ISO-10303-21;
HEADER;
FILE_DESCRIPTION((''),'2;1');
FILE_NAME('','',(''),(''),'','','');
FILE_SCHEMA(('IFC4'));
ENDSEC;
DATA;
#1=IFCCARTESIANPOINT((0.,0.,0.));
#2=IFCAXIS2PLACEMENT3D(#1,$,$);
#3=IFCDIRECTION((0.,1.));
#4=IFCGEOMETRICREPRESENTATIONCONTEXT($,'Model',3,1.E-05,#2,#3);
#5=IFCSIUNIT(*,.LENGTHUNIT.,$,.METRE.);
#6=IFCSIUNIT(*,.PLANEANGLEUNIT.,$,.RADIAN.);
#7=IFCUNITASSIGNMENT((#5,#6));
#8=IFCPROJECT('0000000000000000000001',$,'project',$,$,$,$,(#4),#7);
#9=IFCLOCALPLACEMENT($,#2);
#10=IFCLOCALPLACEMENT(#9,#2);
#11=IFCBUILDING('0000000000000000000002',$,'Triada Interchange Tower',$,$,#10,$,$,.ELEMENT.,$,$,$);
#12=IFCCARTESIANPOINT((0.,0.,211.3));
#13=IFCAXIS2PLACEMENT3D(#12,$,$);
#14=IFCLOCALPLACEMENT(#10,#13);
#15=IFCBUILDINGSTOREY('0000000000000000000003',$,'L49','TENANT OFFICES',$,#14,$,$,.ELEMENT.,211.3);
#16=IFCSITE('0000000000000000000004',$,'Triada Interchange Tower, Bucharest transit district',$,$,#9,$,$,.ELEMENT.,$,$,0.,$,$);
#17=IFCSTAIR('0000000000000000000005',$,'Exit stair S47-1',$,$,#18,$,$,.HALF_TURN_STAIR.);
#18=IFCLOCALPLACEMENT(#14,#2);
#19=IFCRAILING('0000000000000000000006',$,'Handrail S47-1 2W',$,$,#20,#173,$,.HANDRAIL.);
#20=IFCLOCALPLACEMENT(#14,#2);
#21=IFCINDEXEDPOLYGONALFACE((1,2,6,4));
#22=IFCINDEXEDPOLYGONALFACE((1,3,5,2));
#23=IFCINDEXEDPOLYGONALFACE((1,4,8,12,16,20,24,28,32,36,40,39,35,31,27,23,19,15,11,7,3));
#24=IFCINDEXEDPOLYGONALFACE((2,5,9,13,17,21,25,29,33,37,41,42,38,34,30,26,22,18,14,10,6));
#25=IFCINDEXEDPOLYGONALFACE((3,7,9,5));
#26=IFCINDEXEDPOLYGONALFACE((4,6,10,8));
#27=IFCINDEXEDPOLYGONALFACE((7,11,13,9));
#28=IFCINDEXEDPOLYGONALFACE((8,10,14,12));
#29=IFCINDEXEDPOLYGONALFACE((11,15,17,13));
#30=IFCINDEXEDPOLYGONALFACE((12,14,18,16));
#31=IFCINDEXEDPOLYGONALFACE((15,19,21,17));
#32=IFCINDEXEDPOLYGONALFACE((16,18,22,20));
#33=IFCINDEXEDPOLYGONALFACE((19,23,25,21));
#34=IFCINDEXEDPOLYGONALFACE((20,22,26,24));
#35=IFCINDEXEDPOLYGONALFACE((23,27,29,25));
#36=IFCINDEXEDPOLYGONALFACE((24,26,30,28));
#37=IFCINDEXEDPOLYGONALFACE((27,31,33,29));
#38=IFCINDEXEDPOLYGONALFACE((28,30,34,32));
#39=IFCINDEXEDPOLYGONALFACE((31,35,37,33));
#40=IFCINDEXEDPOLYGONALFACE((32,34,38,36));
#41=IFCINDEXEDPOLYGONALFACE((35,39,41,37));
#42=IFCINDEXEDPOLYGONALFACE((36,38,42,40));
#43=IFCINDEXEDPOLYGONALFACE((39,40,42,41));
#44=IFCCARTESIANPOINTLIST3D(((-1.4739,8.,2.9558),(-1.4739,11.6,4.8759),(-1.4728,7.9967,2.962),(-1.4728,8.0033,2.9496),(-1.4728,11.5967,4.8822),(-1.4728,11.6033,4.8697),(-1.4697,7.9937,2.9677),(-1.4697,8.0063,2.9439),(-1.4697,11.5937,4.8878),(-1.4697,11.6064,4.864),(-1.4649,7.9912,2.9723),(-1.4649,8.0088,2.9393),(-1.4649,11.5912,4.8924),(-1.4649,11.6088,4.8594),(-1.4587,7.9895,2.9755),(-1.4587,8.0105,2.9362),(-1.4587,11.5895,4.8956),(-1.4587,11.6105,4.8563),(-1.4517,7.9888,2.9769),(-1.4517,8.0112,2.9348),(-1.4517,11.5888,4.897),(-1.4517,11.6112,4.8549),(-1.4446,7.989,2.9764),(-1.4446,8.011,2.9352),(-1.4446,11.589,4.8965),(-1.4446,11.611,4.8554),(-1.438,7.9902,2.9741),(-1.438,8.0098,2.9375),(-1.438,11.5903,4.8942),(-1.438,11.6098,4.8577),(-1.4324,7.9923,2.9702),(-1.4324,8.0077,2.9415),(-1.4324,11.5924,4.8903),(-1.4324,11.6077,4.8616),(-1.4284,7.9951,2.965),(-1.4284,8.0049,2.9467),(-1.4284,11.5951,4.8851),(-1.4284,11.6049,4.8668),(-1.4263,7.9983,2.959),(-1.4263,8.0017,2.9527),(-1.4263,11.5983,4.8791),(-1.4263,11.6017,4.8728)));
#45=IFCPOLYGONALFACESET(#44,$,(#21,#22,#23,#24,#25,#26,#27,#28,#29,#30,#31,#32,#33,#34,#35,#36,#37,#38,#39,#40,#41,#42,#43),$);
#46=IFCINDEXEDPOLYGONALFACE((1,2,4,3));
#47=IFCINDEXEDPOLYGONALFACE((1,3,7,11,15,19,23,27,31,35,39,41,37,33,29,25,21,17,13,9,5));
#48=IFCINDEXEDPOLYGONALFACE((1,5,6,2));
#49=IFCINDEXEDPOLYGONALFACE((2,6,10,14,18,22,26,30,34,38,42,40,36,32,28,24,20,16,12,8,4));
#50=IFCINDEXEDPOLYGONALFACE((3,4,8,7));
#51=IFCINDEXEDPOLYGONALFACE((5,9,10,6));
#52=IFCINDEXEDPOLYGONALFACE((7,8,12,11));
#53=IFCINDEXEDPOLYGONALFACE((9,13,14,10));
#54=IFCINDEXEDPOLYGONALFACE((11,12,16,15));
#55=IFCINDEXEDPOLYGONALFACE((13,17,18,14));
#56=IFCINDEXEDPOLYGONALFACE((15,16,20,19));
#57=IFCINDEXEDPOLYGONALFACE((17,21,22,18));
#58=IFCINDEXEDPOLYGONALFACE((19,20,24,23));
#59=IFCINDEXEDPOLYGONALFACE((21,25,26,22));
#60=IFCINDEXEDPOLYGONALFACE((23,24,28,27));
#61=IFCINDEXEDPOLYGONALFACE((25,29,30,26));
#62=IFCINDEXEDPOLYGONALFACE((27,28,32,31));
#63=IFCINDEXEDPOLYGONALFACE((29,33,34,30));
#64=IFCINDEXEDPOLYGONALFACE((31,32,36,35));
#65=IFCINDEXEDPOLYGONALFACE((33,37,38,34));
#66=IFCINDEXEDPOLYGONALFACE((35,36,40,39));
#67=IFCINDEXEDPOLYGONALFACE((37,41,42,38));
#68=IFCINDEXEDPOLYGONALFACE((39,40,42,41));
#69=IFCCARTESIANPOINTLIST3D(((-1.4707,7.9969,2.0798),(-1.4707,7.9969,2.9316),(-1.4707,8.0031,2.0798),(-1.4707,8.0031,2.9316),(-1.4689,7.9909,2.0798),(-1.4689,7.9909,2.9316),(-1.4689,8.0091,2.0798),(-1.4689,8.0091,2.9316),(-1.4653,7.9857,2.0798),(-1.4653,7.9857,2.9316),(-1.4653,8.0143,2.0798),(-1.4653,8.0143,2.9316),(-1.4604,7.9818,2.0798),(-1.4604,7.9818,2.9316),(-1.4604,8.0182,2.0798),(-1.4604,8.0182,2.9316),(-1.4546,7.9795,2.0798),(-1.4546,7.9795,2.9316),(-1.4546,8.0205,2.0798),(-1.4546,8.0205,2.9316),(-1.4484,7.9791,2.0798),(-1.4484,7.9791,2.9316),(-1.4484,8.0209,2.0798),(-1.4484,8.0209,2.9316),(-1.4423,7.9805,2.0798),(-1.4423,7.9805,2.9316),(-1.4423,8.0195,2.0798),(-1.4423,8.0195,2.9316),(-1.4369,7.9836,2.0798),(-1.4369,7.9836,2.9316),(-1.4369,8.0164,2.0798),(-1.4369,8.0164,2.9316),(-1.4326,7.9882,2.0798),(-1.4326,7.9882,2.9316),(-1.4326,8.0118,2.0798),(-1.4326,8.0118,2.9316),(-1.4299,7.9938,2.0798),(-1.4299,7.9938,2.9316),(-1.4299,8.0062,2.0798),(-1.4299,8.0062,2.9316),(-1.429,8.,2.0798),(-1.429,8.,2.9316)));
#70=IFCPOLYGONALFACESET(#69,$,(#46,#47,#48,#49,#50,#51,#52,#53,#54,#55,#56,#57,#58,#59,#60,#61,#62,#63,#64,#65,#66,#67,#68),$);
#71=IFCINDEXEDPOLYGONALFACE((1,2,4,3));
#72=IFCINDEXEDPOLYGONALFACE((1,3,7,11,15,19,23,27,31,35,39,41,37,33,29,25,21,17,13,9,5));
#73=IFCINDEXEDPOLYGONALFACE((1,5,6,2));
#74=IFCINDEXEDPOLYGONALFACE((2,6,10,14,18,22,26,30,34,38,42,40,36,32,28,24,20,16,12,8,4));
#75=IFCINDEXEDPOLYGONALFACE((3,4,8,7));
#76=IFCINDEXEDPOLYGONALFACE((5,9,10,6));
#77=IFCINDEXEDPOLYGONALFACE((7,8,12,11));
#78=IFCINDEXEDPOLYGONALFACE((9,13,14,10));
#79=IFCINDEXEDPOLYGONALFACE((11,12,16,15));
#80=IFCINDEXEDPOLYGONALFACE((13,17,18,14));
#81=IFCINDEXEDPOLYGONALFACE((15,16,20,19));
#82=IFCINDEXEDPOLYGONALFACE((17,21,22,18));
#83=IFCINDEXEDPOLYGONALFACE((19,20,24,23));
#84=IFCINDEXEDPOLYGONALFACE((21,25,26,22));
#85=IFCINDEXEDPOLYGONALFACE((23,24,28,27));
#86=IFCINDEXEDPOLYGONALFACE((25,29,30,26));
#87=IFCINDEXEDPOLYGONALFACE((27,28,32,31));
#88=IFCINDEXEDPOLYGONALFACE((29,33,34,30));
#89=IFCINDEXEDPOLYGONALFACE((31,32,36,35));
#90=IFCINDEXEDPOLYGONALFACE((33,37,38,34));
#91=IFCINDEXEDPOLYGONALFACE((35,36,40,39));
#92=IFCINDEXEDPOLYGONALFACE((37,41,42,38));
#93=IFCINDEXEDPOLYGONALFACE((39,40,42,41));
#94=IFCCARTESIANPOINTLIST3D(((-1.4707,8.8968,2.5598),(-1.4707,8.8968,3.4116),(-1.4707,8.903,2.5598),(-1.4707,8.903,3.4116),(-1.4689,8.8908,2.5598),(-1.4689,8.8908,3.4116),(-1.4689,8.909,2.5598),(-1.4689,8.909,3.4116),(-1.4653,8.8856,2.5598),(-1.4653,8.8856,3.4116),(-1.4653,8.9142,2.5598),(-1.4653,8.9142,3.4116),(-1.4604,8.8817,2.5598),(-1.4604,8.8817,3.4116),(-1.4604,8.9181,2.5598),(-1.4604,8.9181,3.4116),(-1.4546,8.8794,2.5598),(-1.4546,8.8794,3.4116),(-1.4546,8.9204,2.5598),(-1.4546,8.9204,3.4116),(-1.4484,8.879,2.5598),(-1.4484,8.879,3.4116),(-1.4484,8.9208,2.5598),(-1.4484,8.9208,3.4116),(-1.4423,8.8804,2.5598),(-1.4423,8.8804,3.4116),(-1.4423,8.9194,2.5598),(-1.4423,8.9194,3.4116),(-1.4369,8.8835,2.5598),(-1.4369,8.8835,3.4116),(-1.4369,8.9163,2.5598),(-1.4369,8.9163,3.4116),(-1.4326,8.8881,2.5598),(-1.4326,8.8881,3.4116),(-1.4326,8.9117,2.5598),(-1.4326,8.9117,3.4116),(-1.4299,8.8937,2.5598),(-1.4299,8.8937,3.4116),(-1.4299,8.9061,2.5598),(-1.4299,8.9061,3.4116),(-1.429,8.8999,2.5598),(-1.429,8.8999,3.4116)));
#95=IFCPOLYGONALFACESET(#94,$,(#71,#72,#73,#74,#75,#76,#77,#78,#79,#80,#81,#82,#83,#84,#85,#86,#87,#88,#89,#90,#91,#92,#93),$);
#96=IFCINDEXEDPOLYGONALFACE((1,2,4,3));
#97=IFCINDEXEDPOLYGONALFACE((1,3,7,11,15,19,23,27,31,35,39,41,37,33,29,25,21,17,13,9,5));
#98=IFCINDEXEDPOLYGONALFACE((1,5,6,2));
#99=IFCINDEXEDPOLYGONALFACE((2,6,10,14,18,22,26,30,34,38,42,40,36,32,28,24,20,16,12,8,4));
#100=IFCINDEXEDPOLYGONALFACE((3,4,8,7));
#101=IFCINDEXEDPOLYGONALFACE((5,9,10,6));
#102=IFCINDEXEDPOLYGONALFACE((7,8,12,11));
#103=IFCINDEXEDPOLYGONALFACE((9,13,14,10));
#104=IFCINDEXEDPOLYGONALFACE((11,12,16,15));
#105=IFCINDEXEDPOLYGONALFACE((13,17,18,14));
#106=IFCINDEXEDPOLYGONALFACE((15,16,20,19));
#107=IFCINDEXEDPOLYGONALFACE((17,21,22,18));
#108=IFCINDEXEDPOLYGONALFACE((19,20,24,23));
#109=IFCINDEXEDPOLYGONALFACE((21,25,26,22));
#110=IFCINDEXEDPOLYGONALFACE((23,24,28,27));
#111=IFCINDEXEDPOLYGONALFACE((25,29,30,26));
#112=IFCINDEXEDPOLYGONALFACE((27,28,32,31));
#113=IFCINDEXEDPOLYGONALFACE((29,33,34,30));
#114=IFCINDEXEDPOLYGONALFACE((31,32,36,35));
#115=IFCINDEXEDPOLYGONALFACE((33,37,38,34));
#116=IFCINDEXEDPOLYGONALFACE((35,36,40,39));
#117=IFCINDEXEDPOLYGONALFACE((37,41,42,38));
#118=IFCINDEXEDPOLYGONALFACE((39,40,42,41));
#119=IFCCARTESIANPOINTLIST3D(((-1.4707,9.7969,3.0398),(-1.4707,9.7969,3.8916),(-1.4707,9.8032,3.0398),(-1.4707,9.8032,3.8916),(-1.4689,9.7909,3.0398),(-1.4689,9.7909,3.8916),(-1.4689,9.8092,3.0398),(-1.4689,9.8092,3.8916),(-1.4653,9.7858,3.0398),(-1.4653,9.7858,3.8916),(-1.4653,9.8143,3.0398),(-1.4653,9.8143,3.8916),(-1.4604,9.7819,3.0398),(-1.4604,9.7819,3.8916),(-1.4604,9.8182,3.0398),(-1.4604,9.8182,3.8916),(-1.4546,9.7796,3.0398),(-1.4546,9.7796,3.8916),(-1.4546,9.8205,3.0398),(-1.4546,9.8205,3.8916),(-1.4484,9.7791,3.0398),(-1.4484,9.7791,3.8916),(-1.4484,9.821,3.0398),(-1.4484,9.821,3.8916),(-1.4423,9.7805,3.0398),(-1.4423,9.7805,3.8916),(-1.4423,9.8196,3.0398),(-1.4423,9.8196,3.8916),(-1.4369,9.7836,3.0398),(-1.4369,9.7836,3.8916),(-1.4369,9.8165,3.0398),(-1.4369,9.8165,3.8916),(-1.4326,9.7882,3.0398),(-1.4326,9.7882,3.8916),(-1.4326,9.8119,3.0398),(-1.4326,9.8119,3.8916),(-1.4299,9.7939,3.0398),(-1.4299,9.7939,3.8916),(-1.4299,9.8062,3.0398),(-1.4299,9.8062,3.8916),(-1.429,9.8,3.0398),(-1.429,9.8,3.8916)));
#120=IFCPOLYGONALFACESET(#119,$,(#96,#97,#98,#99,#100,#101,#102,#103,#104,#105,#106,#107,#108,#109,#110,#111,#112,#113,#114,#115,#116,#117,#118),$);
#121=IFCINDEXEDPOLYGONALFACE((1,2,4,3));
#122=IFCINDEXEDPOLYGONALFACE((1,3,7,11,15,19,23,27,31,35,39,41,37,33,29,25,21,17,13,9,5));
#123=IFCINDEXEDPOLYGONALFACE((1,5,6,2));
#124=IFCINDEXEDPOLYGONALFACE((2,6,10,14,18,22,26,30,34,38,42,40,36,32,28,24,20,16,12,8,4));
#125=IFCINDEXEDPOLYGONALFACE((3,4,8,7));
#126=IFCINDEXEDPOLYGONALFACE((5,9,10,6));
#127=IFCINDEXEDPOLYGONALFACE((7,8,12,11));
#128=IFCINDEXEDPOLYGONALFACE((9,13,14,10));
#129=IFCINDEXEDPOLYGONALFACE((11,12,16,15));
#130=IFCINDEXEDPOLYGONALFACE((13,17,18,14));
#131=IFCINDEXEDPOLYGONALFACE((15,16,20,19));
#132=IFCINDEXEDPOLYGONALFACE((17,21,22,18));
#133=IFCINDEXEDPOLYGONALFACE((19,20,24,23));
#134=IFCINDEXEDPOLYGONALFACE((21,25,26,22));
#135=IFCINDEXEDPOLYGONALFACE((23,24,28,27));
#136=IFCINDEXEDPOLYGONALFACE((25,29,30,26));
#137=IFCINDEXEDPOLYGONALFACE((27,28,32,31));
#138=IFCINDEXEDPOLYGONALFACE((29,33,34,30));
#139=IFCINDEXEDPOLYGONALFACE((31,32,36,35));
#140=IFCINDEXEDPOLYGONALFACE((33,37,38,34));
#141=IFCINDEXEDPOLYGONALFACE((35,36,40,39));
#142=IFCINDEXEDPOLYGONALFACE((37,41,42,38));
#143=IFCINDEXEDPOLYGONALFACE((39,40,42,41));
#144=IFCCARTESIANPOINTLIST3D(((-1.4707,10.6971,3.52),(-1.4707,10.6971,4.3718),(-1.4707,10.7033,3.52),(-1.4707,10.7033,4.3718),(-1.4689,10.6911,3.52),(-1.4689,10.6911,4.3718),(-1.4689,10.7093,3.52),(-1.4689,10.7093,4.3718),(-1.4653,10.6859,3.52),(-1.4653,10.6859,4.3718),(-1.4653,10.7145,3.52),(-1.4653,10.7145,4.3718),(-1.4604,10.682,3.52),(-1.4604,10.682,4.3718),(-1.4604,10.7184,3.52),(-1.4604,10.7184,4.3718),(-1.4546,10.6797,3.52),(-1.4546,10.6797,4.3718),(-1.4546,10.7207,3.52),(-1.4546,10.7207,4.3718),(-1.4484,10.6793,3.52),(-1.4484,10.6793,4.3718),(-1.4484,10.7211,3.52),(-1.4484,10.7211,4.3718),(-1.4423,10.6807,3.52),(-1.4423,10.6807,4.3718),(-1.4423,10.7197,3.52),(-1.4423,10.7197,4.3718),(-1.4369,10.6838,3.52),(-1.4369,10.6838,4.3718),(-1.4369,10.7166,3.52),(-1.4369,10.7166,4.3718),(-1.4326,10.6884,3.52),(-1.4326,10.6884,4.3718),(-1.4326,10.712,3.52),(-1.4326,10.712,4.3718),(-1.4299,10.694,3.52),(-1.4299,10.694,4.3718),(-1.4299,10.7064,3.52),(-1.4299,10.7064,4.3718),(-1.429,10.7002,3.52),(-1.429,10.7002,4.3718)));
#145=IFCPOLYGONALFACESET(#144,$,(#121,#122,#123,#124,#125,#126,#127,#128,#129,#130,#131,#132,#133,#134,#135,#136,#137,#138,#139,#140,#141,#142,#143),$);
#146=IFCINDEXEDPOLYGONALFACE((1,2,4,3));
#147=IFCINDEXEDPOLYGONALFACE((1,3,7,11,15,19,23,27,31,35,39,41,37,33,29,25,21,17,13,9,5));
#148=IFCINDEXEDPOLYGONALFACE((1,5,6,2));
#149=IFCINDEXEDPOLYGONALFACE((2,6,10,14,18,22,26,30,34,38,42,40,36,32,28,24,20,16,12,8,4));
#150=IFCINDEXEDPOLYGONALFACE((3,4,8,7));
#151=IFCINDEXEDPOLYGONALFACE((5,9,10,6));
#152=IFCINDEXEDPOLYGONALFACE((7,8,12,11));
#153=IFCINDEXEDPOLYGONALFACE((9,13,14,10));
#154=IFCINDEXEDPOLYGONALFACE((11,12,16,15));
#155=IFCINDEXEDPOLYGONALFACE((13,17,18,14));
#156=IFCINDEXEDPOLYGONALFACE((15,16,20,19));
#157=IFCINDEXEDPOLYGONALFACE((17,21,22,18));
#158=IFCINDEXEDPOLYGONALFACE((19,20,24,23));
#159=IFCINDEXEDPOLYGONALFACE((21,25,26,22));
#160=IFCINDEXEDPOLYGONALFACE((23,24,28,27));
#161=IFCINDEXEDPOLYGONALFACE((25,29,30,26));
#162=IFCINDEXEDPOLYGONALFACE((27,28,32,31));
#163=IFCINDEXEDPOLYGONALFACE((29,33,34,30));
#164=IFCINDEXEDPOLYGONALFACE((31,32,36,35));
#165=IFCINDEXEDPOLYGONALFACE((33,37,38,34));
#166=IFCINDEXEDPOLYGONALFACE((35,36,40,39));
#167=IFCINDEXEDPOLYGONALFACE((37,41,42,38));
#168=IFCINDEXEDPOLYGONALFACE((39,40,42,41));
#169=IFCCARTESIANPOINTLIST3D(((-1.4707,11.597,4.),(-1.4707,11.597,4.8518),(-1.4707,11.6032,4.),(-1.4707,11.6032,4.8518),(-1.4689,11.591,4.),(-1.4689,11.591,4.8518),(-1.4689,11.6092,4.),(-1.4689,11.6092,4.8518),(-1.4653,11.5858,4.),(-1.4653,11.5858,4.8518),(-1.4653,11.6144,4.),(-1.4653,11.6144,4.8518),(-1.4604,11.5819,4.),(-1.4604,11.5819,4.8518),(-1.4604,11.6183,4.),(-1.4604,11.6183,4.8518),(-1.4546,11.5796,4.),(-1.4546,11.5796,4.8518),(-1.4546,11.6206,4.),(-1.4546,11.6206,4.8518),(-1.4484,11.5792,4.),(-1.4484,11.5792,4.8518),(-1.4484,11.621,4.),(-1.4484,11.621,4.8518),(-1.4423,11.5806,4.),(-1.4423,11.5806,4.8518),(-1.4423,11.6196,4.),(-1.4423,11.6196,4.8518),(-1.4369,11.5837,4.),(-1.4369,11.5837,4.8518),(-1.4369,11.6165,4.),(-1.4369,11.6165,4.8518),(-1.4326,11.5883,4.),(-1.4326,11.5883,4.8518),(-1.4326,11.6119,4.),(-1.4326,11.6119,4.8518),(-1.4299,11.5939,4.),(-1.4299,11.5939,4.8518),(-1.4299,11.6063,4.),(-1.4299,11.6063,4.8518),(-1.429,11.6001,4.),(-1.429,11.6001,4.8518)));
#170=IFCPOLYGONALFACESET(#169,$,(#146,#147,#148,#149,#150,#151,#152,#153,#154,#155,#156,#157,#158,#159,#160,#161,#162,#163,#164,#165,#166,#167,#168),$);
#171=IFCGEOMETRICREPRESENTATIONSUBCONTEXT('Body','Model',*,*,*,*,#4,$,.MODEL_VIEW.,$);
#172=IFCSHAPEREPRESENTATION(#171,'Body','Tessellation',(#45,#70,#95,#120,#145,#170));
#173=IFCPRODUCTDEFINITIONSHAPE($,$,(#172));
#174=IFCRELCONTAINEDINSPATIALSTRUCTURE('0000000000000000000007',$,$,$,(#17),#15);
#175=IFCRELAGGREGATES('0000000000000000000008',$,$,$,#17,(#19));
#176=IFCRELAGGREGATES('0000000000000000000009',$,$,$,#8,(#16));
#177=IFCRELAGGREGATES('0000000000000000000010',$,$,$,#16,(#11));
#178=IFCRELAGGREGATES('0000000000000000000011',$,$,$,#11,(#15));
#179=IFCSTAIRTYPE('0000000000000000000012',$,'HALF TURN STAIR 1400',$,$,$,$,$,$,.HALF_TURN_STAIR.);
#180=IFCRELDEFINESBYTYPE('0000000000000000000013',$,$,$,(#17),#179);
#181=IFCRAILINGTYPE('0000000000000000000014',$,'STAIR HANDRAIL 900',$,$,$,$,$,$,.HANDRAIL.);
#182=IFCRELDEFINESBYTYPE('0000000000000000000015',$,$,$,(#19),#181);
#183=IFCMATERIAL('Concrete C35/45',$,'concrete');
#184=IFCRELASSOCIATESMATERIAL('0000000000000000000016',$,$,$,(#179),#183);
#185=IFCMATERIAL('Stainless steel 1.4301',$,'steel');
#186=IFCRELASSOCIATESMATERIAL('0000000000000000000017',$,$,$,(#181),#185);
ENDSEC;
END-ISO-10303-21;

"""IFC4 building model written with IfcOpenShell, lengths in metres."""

from ifc_helpers import new_model, si_unit, direction, frame, origin, origin_2d, place, context, subcontext, project, spatial, circle, extrude, material, type_object, element, aggregate, save


model = new_model("IFC4")

# Units and contexts
model_context = context("Model", 3, precision=1e-05, world=origin(), true_north=direction((0.0, 1.0)))
body_context = subcontext(model_context, "Body", "Model", "MODEL_VIEW")
ifc_project = project(units=[si_unit("LENGTHUNIT", "METRE"), si_unit("PLANEANGLEUNIT", "RADIAN")], contexts=[model_context])

# Site, building, storey
site_placement = place(None, origin())
site = spatial("IfcSite", under=ifc_project, at=site_placement, Name="Triada Interchange Tower, Bucharest transit district", CompositionType="ELEMENT", RefElevation=0.0)
building_placement = place(site_placement, origin())
building = spatial("IfcBuilding", under=site, at=building_placement, Name="Triada Interchange Tower", CompositionType="ELEMENT")
storey_placement = place(building_placement, frame((0.0, 0.0, 211.3)))
storey = spatial("IfcBuildingStorey", under=building, at=storey_placement, Name="L49", Description="TENANT OFFICES", CompositionType="ELEMENT", Elevation=211.3)

# Stair, railing
ifc_material_1 = material(Name="Concrete C35/45", Category="concrete")
stair_type = type_object("IfcStairType", Name="HALF TURN STAIR 1400", PredefinedType="HALF_TURN_STAIR", material=ifc_material_1)
stair_placement = place(storey_placement, origin())
stair = element("IfcStair", 1, at=stair_placement, inside=storey, type_object=stair_type, Name="Exit stair S47-1", PredefinedType="HALF_TURN_STAIR")
ifc_material_2 = material(Name="Stainless steel 1.4301", Category="steel")
railing_type = type_object("IfcRailingType", Name="STAIR HANDRAIL 900", PredefinedType="HANDRAIL", material=ifc_material_2)
railing_placement = place(storey_placement, frame((-1.45, 8.0, 2.0798)))
railing = element("IfcRailing", 2, at=railing_placement, type_object=railing_type, Name="Handrail S47-1 2W", PredefinedType="HANDRAIL", context=body_context, shape_type="SweptSolid", body=[
    extrude(circle(Radius=0.0239, at=origin_2d()), frame((0.0, 0.0, 0.876), z_axis=(0.0, 0.882341, 0.47061), x_axis=(-1.0, 0.0, 0.0)), (0.0, 0.0, 1.0), 4.0801),
    extrude(circle(Radius=0.021, at=origin_2d()), origin(), (0.0, 0.0, 1.0), 0.8518),
    extrude(circle(Radius=0.021, at=origin_2d()), frame((0.0, 0.8999, 0.48)), (0.0, 0.0, 1.0), 0.8518),
    extrude(circle(Radius=0.021, at=origin_2d()), frame((0.0, 1.8, 0.96)), (0.0, 0.0, 1.0), 0.8518),
    extrude(circle(Radius=0.021, at=origin_2d()), frame((0.0, 2.7002, 1.4402)), (0.0, 0.0, 1.0), 0.8518),
    extrude(circle(Radius=0.021, at=origin_2d()), frame((0.0, 3.6001, 1.9202)), (0.0, 0.0, 1.0), 0.8518),
])
aggregate(stair, [railing])

save(model, "model.ifc")
